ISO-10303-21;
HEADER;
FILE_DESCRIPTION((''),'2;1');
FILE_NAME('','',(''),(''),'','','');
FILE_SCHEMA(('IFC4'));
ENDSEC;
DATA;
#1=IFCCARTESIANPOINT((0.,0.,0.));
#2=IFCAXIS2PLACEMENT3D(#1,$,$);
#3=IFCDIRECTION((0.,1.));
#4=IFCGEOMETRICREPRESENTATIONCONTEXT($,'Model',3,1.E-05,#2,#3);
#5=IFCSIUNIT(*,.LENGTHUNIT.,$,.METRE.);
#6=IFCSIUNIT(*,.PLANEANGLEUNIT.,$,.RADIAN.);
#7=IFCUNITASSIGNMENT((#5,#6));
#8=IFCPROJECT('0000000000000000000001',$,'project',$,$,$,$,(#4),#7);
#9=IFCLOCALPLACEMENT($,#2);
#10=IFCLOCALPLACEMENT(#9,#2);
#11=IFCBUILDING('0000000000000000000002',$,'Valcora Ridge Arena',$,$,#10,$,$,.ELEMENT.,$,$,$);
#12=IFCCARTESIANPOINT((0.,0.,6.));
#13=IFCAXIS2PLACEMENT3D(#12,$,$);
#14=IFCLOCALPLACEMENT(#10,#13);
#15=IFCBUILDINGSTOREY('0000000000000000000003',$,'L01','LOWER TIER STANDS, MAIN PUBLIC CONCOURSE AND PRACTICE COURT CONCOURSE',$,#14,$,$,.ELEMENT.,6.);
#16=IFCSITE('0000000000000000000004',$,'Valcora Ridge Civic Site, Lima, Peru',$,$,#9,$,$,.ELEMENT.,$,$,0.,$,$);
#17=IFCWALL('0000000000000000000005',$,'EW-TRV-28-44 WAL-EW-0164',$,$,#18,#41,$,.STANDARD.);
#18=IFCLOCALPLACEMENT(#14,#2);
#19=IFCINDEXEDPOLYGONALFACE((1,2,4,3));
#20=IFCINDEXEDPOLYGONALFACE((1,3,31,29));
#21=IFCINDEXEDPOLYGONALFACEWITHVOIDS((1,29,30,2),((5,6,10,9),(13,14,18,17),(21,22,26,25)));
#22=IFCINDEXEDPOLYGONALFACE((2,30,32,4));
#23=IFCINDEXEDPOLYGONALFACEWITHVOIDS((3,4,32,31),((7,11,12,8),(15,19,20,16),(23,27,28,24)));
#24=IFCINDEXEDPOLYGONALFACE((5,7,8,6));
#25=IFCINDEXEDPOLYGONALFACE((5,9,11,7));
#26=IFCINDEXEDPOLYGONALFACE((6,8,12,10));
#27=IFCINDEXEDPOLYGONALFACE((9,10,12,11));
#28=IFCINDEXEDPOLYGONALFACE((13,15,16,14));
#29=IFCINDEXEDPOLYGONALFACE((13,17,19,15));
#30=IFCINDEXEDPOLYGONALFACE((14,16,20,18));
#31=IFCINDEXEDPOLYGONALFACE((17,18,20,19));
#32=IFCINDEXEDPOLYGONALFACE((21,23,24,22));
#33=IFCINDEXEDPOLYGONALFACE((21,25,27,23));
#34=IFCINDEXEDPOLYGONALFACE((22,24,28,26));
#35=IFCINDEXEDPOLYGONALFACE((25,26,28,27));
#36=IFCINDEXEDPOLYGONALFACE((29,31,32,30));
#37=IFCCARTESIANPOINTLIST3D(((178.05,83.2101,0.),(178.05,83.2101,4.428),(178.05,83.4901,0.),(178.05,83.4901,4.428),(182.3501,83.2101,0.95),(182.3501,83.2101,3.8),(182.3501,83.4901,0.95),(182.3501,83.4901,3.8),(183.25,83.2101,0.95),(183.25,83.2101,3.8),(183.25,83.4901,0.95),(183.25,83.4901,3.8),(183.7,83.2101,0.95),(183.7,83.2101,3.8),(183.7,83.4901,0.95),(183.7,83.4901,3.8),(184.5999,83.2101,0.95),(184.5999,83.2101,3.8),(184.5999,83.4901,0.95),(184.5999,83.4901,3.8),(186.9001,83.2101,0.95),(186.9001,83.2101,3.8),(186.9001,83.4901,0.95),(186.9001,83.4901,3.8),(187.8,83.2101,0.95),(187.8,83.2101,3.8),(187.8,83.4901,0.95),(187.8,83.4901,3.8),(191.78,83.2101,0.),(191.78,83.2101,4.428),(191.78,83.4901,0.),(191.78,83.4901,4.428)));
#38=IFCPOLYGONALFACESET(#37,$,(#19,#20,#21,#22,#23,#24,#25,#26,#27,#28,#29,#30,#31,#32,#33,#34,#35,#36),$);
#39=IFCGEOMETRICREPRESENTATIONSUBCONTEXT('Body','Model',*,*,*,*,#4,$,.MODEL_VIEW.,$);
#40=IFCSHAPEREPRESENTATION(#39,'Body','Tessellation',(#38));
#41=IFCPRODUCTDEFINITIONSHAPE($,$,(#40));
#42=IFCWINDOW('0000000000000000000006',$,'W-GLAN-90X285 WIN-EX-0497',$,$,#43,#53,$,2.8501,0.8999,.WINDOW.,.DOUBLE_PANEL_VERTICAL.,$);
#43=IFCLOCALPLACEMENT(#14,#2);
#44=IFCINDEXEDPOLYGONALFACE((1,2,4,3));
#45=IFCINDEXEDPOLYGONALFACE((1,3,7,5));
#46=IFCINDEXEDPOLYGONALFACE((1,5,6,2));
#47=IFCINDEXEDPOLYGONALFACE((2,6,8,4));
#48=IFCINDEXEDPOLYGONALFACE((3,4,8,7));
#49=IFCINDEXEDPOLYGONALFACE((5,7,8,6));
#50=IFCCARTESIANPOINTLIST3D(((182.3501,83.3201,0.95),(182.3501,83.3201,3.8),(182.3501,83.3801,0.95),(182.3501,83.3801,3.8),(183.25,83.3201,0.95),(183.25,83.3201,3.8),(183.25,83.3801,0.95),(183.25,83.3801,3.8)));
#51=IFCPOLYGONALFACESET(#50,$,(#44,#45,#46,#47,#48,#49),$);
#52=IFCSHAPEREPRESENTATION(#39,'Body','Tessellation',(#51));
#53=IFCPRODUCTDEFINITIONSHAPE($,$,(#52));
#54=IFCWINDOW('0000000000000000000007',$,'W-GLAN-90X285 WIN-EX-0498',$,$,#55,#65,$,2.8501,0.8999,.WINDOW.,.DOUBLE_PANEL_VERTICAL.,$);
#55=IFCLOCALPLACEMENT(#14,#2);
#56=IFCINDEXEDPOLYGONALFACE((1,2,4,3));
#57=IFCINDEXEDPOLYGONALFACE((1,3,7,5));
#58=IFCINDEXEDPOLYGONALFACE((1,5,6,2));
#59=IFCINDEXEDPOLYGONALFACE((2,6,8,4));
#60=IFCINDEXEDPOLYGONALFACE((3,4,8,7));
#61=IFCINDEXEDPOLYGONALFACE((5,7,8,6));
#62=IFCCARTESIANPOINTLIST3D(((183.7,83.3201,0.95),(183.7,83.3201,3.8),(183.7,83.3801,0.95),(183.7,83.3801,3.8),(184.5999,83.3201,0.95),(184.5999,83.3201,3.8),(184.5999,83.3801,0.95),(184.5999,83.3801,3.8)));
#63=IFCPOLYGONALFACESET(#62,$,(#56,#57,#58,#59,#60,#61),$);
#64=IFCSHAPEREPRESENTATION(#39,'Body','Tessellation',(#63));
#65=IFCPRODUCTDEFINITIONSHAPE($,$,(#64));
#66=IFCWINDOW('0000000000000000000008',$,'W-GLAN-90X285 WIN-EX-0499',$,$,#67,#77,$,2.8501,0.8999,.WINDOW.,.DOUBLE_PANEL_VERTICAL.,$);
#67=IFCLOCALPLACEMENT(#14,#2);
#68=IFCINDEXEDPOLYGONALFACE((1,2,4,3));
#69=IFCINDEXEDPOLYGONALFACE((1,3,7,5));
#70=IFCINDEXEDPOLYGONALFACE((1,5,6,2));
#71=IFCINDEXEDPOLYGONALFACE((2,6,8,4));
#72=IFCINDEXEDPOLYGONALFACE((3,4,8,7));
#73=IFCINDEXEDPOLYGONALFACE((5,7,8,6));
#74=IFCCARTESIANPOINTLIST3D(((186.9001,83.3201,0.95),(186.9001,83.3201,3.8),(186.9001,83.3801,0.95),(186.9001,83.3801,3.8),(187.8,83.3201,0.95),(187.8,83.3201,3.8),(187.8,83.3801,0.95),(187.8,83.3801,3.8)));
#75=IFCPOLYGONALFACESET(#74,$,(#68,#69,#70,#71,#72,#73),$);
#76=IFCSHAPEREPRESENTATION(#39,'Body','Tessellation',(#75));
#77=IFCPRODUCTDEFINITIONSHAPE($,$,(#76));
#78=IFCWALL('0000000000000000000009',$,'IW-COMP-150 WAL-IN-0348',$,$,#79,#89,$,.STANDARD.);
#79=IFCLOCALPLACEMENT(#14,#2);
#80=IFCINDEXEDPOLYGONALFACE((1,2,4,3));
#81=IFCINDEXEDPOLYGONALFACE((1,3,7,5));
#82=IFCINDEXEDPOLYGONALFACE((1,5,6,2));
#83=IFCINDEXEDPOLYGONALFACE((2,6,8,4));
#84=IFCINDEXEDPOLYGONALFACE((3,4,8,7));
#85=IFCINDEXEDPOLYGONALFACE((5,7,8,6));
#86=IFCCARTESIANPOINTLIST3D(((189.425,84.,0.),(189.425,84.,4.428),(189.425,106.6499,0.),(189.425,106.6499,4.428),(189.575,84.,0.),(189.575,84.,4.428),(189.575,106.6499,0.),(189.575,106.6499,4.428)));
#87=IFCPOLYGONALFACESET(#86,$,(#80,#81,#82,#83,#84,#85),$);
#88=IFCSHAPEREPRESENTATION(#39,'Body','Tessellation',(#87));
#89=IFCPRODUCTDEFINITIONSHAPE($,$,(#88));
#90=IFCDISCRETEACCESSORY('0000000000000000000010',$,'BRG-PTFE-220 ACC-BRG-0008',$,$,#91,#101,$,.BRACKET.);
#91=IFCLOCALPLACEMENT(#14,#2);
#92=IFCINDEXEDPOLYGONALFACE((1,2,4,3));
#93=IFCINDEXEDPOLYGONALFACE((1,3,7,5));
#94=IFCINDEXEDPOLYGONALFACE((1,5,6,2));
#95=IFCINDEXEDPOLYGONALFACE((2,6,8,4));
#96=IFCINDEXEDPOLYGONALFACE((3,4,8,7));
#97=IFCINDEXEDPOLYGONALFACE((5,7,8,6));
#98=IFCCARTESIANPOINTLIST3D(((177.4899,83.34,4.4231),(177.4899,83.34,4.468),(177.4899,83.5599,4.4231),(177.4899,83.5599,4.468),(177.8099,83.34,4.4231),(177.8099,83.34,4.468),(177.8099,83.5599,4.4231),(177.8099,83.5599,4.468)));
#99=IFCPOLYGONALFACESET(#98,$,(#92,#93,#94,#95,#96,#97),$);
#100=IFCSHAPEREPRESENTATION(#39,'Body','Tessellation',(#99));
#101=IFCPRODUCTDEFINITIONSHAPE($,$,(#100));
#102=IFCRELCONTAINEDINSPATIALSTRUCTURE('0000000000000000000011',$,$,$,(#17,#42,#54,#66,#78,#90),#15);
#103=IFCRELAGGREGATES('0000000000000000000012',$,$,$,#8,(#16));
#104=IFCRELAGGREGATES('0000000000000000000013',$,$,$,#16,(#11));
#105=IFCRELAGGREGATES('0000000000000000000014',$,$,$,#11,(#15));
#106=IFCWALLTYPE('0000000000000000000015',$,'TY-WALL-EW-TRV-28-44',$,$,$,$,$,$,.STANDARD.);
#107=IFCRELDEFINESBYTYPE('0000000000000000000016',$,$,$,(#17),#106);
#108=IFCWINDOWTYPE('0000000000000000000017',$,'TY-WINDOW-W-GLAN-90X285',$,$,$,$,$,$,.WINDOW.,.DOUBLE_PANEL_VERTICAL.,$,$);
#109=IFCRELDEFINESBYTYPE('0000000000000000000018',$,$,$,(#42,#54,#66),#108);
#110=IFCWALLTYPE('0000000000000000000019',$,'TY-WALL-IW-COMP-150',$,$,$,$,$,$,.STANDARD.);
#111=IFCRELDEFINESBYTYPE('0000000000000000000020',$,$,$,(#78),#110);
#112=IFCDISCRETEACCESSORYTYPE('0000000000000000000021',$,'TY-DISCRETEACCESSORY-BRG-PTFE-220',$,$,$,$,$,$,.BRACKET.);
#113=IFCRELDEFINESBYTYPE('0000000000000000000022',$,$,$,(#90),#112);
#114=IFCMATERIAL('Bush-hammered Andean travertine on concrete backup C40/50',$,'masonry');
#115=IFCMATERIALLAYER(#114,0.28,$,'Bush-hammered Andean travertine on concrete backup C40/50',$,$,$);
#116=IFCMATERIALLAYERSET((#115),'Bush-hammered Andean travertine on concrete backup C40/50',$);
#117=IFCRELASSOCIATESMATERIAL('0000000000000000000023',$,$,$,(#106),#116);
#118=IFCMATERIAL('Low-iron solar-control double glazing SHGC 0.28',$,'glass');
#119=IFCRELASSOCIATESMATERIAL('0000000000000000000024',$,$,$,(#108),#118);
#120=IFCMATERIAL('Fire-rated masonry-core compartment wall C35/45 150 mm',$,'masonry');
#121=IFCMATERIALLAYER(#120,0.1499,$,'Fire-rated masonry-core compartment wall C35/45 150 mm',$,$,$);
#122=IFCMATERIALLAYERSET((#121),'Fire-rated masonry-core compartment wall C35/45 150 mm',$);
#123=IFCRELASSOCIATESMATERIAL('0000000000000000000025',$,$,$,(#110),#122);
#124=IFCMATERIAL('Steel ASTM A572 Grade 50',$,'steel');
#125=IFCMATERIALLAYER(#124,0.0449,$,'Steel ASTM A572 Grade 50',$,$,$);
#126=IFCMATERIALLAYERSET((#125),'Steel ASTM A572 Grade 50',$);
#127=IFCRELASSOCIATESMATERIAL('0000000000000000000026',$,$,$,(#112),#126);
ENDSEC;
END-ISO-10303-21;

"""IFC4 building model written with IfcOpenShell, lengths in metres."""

from ifc_helpers import new_model, si_unit, direction, frame, frame_2d, origin, origin_2d, place, context, subcontext, project, spatial, rectangle, extrude, material, layer, layer_set, type_object, element, fill, save


model = new_model("IFC4")

# Units and contexts
model_context = context("Model", 3, precision=1e-05, world=origin(), true_north=direction((0.0, 1.0)))
body_context = subcontext(model_context, "Body", "Model", "MODEL_VIEW")
ifc_project = project(units=[si_unit("LENGTHUNIT", "METRE"), si_unit("PLANEANGLEUNIT", "RADIAN")], contexts=[model_context])

# Site, building, storey
site_placement = place(None, origin())
site = spatial("IfcSite", under=ifc_project, at=site_placement, Name="Valcora Ridge Civic Site, Lima, Peru", CompositionType="ELEMENT", RefElevation=0.0)
building_placement = place(site_placement, origin())
building = spatial("IfcBuilding", under=site, at=building_placement, Name="Valcora Ridge Arena", CompositionType="ELEMENT")
storey_placement = place(building_placement, frame((0.0, 0.0, 6.0)))
storey = spatial("IfcBuildingStorey", under=building, at=storey_placement, Name="L01", Description="LOWER TIER STANDS, MAIN PUBLIC CONCOURSE AND PRACTICE COURT CONCOURSE", CompositionType="ELEMENT", Elevation=6.0)

# Shared definitions
ifc_material_1 = material(Name="Steel ASTM A572 Grade 50", Category="steel")

# Shared definitions
ifc_material_2 = material(Name="Low-iron solar-control double glazing SHGC 0.28", Category="glass")

# Wall, openings, windows
ifc_material_3 = material(Name="Bush-hammered Andean travertine on concrete backup C40/50", Category="masonry")
ifc_layer_1 = layer(ifc_material_3, 0.28, Name="Bush-hammered Andean travertine on concrete backup C40/50")
ifc_layer_set_1 = layer_set([ifc_layer_1], Name="Bush-hammered Andean travertine on concrete backup C40/50")
wall_type_1 = type_object("IfcWallType", Name="TY-WALL-EW-TRV-28-44", PredefinedType="STANDARD", material=ifc_layer_set_1)
window_type = type_object("IfcWindowType", Name="TY-WINDOW-W-GLAN-90X285", PartitioningType="DOUBLE_PANEL_VERTICAL", PredefinedType="WINDOW", material=ifc_material_2)
wall_1_placement = place(storey_placement, frame((178.05, 83.3501, 0.0), z_axis=(0.0, 0.0, 1.0), x_axis=(1.0, 0.0, 0.0)))
wall_1 = element("IfcWall", 1, at=wall_1_placement, inside=storey, type_object=wall_type_1, Name="EW-TRV-28-44 WAL-EW-0164", PredefinedType="STANDARD", context=body_context, shape_type="SweptSolid", body=[
    extrude(rectangle(XDim=13.73, YDim=0.28, at=frame_2d((6.865, 0.0))), origin(), (0.0, 0.0, 1.0), 4.428),
])
opening_1_placement = place(wall_1_placement, frame((4.3, 0.0, 0.95)))
opening_1 = element("IfcOpeningElement", 2, at=opening_1_placement, cuts=wall_1, PredefinedType="OPENING", context=body_context, shape_type="SweptSolid", body=[
    extrude(rectangle(XDim=0.8999, YDim=2.8501, at=frame_2d((0.45, 1.425))), frame((0.0, 0.1499, 0.0), z_axis=(0.0, -1.0, 0.0), x_axis=(1.0, 0.0, 0.0)), (0.0, 0.0, 1.0), 0.3),
])
opening_2_placement = place(wall_1_placement, frame((5.6499, 0.0, 0.95)))
opening_2 = element("IfcOpeningElement", 3, at=opening_2_placement, cuts=wall_1, PredefinedType="OPENING", context=body_context, shape_type="SweptSolid", body=[
    extrude(rectangle(XDim=0.8999, YDim=2.8501, at=frame_2d((0.45, 1.425))), frame((0.0, 0.1499, 0.0), z_axis=(0.0, -1.0, 0.0), x_axis=(1.0, 0.0, 0.0)), (0.0, 0.0, 1.0), 0.3),
])
opening_3_placement = place(wall_1_placement, frame((8.8501, 0.0, 0.95)))
opening_3 = element("IfcOpeningElement", 4, at=opening_3_placement, cuts=wall_1, PredefinedType="OPENING", context=body_context, shape_type="SweptSolid", body=[
    extrude(rectangle(XDim=0.8999, YDim=2.8501, at=frame_2d((0.45, 1.425))), frame((0.0, 0.1499, 0.0), z_axis=(0.0, -1.0, 0.0), x_axis=(1.0, 0.0, 0.0)), (0.0, 0.0, 1.0), 0.3),
])
window_1_placement = place(opening_1_placement, origin())
window_1 = element("IfcWindow", 5, at=window_1_placement, inside=storey, type_object=window_type, Name="W-GLAN-90X285 WIN-EX-0497", OverallHeight=2.8501, OverallWidth=0.8999, PartitioningType="DOUBLE_PANEL_VERTICAL", PredefinedType="WINDOW", context=body_context, shape_type="SweptSolid", body=[
    extrude(rectangle(XDim=0.8999, YDim=2.8501, at=frame_2d((0.45, 1.425))), frame((0.0, 0.03, 0.0), z_axis=(0.0, -1.0, 0.0), x_axis=(1.0, 0.0, 0.0)), (0.0, 0.0, 1.0), 0.0601),
])
fill(opening_1, window_1)
window_2_placement = place(opening_2_placement, origin())
window_2 = element("IfcWindow", 6, at=window_2_placement, inside=storey, type_object=window_type, Name="W-GLAN-90X285 WIN-EX-0498", OverallHeight=2.8501, OverallWidth=0.8999, PartitioningType="DOUBLE_PANEL_VERTICAL", PredefinedType="WINDOW", context=body_context, shape_type="SweptSolid", body=[
    extrude(rectangle(XDim=0.8999, YDim=2.8501, at=frame_2d((0.45, 1.425))), frame((0.0, 0.03, 0.0), z_axis=(0.0, -1.0, 0.0), x_axis=(1.0, 0.0, 0.0)), (0.0, 0.0, 1.0), 0.0601),
])
fill(opening_2, window_2)
window_3_placement = place(opening_3_placement, origin())
window_3 = element("IfcWindow", 7, at=window_3_placement, inside=storey, type_object=window_type, Name="W-GLAN-90X285 WIN-EX-0499", OverallHeight=2.8501, OverallWidth=0.8999, PartitioningType="DOUBLE_PANEL_VERTICAL", PredefinedType="WINDOW", context=body_context, shape_type="SweptSolid", body=[
    extrude(rectangle(XDim=0.8999, YDim=2.8501, at=frame_2d((0.45, 1.425))), frame((0.0, 0.03, 0.0), z_axis=(0.0, -1.0, 0.0), x_axis=(1.0, 0.0, 0.0)), (0.0, 0.0, 1.0), 0.0601),
])
fill(opening_3, window_3)

# Wall
ifc_material_4 = material(Name="Fire-rated masonry-core compartment wall C35/45 150 mm", Category="masonry")
ifc_layer_2 = layer(ifc_material_4, 0.1499, Name="Fire-rated masonry-core compartment wall C35/45 150 mm")
ifc_layer_set_2 = layer_set([ifc_layer_2], Name="Fire-rated masonry-core compartment wall C35/45 150 mm")
wall_type_2 = type_object("IfcWallType", Name="TY-WALL-IW-COMP-150", PredefinedType="STANDARD", material=ifc_layer_set_2)
wall_2_placement = place(storey_placement, frame((189.5, 84.0, 0.0), z_axis=(0.0, 0.0, 1.0), x_axis=(0.0, 1.0, 0.0)))
element("IfcWall", 8, at=wall_2_placement, inside=storey, type_object=wall_type_2, Name="IW-COMP-150 WAL-IN-0348", PredefinedType="STANDARD", context=body_context, shape_type="SweptSolid", body=[
    extrude(rectangle(XDim=22.6499, YDim=0.1499, at=frame_2d((11.325, 0.0))), origin(), (0.0, 0.0, 1.0), 4.428),
])

# Discrete accessory
ifc_layer_3 = layer(ifc_material_1, 0.0449, Name="Steel ASTM A572 Grade 50")
ifc_layer_set_3 = layer_set([ifc_layer_3], Name="Steel ASTM A572 Grade 50")
discrete_accessory_type = type_object("IfcDiscreteAccessoryType", Name="TY-DISCRETEACCESSORY-BRG-PTFE-220", PredefinedType="BRACKET", material=ifc_layer_set_3)
discrete_accessory_placement = place(storey_placement, frame((177.6499, 83.45, 4.4231), z_axis=(0.0, 0.0, 1.0), x_axis=(1.0, 0.0, 0.0)))
element("IfcDiscreteAccessory", 9, at=discrete_accessory_placement, inside=storey, type_object=discrete_accessory_type, Name="BRG-PTFE-220 ACC-BRG-0008", PredefinedType="BRACKET", context=body_context, shape_type="SweptSolid", body=[
    extrude(rectangle(XDim=0.3201, YDim=0.22, at=origin_2d()), origin(), (0.0, 0.0, 1.0), 0.0449),
])

save(model, "model.ifc")
